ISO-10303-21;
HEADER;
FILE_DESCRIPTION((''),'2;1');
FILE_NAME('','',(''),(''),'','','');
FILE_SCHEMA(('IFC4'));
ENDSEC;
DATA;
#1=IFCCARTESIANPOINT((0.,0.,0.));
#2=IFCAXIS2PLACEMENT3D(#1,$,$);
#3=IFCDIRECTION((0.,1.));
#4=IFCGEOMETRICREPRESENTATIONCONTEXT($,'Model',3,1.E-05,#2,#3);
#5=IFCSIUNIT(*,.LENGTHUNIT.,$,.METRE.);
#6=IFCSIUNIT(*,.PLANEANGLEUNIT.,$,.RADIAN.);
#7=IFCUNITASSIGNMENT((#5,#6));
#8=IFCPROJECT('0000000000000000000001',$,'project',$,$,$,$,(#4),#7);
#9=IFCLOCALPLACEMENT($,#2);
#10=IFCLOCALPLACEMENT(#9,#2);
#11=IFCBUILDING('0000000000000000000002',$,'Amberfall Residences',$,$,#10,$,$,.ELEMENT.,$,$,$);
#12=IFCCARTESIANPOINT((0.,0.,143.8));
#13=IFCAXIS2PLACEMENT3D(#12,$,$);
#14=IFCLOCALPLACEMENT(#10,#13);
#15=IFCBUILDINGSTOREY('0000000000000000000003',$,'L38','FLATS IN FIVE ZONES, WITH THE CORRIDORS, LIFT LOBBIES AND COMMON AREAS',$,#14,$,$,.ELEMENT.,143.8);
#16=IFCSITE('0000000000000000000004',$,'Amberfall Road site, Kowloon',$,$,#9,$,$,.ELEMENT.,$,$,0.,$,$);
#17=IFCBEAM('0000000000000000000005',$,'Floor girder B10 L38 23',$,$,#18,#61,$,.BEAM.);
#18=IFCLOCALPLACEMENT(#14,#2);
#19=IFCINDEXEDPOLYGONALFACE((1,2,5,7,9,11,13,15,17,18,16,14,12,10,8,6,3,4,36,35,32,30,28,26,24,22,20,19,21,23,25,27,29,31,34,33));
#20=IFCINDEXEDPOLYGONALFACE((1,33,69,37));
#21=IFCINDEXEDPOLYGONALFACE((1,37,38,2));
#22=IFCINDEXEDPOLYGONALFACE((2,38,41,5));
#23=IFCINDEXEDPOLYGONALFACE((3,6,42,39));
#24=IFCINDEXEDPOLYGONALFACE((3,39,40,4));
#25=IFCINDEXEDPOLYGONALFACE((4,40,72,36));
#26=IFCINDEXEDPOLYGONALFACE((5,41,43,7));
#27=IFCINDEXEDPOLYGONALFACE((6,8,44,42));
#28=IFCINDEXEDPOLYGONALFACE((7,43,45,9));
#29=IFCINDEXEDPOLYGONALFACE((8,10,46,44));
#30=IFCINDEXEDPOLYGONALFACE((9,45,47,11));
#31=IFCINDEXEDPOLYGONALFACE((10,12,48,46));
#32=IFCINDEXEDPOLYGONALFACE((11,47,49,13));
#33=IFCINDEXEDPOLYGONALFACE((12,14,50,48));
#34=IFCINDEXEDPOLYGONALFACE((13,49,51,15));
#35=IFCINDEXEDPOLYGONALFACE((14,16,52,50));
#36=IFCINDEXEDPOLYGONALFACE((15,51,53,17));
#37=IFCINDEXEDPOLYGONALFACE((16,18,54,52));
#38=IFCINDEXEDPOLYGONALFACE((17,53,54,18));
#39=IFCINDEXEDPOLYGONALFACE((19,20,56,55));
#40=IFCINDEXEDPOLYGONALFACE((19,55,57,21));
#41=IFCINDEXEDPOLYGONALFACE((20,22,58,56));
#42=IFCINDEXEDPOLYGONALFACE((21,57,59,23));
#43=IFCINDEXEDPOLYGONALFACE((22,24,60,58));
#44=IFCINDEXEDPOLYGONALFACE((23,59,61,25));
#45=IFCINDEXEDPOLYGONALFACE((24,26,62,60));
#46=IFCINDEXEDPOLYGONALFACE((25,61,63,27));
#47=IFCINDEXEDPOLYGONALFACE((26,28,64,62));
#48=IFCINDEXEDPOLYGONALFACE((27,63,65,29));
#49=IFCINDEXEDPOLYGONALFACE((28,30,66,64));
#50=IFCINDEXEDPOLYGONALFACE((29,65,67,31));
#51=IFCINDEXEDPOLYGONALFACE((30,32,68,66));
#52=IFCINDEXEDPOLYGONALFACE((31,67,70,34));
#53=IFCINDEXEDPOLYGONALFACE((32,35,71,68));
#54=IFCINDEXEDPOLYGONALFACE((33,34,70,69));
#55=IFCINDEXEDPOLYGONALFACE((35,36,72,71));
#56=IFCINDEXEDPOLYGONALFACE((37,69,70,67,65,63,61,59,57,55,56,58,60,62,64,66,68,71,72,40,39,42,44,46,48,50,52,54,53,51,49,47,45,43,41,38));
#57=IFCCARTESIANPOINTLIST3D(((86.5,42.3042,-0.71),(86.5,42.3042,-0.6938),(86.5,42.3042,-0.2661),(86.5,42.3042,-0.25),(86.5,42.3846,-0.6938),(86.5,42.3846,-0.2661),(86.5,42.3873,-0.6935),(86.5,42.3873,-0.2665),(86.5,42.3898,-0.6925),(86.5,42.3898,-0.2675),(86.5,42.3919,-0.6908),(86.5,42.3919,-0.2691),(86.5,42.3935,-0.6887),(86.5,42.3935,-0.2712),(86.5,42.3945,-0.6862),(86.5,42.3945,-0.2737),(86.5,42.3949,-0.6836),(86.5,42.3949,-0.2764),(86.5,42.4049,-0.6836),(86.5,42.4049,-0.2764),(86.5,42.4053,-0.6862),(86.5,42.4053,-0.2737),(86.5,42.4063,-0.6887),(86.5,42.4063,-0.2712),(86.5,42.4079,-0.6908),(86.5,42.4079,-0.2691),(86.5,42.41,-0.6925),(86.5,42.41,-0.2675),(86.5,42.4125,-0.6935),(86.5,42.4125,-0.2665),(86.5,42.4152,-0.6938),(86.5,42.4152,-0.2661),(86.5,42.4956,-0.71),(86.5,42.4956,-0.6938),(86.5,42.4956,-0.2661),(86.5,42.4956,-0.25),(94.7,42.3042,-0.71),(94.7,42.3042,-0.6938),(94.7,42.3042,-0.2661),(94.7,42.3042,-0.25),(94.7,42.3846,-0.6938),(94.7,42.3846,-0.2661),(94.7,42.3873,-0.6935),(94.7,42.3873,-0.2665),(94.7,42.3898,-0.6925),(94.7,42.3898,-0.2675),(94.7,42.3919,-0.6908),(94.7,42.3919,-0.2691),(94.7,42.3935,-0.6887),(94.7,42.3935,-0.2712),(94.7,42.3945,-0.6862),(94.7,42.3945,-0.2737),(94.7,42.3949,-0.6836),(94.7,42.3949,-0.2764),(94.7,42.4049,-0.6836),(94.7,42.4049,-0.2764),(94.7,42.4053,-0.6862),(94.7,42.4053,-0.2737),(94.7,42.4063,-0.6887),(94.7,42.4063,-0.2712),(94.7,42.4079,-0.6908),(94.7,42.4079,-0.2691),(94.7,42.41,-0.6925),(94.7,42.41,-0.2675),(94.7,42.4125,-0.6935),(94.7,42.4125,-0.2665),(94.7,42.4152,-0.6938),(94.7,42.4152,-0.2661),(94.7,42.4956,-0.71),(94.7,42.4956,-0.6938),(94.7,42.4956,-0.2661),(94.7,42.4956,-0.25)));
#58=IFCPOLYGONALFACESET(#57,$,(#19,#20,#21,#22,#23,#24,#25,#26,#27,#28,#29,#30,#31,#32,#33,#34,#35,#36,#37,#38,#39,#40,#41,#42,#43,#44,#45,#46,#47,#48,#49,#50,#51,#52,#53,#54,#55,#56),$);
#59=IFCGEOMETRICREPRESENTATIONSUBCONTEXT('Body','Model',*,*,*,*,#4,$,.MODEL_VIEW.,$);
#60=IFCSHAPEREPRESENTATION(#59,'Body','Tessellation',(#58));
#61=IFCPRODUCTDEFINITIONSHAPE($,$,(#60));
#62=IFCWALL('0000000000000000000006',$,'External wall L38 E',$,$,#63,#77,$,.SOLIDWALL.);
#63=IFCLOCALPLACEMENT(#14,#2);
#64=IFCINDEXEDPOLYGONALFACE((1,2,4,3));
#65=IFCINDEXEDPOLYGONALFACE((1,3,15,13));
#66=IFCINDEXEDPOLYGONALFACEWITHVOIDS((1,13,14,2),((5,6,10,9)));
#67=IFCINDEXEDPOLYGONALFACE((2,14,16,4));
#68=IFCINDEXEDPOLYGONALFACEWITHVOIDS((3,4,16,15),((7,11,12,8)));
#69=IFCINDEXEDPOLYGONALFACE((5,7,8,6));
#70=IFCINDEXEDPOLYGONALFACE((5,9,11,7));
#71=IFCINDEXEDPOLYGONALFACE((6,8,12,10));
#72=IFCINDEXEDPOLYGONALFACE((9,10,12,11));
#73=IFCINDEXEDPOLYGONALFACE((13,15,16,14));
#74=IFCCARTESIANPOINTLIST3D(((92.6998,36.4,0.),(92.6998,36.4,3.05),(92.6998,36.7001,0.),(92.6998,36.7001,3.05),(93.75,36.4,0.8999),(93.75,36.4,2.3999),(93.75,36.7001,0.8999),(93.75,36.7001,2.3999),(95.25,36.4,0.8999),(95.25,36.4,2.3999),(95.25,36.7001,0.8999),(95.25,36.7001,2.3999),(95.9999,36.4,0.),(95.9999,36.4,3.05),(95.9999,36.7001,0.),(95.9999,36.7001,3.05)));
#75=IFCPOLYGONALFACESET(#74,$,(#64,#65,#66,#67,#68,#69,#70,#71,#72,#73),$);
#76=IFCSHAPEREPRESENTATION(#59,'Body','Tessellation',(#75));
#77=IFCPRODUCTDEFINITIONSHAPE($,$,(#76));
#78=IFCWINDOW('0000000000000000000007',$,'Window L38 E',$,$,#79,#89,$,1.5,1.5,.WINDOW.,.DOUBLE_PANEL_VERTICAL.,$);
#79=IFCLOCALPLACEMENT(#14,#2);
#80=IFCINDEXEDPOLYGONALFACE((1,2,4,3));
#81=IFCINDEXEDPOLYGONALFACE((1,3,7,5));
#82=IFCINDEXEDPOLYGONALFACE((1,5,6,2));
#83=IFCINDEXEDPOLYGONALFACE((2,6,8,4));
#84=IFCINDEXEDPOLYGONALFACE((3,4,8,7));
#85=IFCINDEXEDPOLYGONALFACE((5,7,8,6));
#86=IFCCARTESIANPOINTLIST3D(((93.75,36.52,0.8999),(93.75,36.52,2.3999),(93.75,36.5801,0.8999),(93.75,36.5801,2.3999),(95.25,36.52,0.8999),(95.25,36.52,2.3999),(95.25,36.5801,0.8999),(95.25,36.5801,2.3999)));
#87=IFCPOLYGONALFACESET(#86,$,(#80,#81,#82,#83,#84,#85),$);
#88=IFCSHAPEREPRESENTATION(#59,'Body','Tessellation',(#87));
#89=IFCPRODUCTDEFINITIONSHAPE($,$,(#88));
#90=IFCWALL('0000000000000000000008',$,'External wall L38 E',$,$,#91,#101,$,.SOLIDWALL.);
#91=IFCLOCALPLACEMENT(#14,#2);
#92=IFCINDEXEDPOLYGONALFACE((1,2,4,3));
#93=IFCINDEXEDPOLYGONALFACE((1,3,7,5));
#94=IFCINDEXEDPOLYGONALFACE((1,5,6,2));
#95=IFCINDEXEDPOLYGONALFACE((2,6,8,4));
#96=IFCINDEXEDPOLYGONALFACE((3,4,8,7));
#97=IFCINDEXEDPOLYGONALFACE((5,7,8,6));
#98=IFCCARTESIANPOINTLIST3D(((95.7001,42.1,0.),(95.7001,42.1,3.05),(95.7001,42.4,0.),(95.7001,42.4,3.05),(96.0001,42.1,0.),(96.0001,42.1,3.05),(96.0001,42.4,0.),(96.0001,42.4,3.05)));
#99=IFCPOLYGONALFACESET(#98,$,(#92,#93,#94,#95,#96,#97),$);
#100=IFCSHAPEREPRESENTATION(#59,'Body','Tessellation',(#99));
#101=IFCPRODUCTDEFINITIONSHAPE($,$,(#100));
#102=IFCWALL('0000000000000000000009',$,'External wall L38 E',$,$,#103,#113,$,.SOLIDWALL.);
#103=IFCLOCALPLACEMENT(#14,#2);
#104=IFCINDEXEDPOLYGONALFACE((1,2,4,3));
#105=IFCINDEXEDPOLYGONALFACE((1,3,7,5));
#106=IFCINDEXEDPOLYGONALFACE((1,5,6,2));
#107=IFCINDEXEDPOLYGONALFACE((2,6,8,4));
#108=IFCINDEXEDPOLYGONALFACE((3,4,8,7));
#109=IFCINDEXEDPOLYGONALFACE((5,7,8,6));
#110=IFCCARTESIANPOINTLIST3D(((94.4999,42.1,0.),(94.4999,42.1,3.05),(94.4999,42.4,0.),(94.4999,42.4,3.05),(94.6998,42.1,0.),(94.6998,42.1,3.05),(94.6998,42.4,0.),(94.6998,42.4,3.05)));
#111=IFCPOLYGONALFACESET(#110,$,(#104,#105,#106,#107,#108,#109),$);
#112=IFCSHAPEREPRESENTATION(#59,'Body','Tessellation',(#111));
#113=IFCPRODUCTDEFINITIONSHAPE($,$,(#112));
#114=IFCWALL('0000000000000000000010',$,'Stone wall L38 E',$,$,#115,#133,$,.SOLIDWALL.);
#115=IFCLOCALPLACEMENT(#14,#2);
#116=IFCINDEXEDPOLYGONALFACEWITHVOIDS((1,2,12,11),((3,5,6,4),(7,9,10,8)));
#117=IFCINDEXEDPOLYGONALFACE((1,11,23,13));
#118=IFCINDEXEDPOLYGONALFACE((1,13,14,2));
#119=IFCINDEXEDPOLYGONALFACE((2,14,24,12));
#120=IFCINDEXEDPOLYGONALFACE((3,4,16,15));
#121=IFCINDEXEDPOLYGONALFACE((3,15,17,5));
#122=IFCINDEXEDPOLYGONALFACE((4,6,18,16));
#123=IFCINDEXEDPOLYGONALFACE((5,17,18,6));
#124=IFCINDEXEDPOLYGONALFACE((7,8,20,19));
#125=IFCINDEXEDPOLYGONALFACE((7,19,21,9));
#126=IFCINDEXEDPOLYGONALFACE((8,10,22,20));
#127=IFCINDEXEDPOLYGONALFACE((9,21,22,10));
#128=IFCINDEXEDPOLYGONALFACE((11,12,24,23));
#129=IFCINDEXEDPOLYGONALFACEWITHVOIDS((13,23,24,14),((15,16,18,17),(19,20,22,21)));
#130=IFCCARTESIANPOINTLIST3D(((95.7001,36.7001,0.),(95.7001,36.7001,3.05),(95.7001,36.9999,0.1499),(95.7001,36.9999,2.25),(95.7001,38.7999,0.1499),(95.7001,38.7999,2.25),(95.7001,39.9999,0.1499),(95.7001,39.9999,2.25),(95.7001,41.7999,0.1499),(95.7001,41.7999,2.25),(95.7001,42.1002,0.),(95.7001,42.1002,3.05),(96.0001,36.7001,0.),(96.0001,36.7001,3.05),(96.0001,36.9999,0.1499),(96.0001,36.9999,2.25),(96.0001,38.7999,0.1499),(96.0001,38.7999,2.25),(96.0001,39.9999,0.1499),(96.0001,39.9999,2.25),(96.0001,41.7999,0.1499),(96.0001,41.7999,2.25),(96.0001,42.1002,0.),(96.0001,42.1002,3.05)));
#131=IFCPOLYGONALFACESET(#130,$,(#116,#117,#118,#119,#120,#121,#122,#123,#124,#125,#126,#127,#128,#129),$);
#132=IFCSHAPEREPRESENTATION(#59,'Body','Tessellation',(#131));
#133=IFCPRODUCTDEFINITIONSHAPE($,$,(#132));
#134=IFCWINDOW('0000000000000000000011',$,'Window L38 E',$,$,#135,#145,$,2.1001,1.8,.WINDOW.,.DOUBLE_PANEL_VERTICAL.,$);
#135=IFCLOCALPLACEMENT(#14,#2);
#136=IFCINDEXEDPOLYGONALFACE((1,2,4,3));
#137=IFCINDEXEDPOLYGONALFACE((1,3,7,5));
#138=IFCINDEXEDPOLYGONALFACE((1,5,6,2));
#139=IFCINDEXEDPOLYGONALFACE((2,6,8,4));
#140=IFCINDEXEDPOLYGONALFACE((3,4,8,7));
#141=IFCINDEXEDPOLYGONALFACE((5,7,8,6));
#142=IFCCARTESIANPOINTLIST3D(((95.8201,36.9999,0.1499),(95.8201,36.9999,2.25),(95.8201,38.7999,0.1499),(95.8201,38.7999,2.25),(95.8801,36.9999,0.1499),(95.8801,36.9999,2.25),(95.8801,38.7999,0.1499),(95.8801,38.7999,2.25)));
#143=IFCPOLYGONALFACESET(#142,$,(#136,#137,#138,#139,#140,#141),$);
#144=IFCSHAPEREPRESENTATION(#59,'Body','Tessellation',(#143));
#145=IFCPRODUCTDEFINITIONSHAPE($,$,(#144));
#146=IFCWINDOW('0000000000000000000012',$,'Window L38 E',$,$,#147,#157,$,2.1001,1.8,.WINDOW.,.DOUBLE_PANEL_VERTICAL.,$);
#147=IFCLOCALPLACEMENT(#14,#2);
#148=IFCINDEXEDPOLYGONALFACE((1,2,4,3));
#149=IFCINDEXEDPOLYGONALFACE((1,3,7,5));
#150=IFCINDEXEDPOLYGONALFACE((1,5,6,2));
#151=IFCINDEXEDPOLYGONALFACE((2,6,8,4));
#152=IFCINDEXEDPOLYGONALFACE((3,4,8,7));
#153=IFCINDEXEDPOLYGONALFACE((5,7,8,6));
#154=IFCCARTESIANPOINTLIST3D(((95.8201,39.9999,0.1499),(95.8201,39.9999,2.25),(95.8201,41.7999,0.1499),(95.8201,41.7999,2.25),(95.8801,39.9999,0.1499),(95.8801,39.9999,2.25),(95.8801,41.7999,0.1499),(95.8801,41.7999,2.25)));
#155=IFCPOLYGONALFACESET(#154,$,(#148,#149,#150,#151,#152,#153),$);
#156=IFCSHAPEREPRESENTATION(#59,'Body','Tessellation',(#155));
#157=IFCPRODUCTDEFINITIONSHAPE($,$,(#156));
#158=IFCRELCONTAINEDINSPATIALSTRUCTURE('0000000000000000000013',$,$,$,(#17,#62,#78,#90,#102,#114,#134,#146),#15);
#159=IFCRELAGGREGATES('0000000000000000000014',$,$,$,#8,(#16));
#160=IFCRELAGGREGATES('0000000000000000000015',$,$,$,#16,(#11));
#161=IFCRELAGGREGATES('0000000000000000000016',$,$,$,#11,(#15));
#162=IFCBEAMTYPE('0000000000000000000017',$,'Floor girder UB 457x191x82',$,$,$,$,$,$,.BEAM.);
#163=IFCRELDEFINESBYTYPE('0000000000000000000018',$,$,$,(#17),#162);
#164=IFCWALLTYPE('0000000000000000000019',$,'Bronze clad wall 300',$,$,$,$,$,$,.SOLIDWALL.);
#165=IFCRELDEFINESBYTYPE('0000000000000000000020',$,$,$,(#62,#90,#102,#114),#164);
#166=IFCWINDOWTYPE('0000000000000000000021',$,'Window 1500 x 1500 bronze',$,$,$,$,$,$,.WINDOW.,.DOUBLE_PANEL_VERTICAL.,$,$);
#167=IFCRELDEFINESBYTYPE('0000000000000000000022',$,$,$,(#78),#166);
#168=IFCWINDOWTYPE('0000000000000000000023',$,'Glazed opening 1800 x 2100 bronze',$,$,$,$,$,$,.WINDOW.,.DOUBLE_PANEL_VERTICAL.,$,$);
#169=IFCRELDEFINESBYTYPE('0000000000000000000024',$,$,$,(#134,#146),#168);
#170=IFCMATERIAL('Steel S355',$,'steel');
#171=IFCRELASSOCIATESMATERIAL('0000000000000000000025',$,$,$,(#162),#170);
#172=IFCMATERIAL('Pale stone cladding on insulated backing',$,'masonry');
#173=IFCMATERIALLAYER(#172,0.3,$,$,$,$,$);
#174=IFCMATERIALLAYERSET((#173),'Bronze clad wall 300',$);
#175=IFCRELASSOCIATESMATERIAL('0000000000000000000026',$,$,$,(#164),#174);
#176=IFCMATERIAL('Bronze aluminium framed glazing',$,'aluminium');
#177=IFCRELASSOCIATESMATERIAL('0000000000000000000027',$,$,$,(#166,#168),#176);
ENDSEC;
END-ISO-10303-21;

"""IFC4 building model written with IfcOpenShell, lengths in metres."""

from ifc_helpers import new_model, si_unit, direction, frame, frame_2d, origin, origin_2d, place, context, subcontext, project, spatial, rectangle, i_section, extrude, material, layer, layer_set, material_profile, profile_set, type_object, element, fill, save


model = new_model("IFC4")

# Units and contexts
model_context = context("Model", 3, precision=1e-05, world=origin(), true_north=direction((0.0, 1.0)))
body_context = subcontext(model_context, "Body", "Model", "MODEL_VIEW")
ifc_project = project(units=[si_unit("LENGTHUNIT", "METRE"), si_unit("PLANEANGLEUNIT", "RADIAN")], contexts=[model_context])

# Site, building, storey
site_placement = place(None, origin())
site = spatial("IfcSite", under=ifc_project, at=site_placement, Name="Amberfall Road site, Kowloon", CompositionType="ELEMENT", RefElevation=0.0)
building_placement = place(site_placement, origin())
building = spatial("IfcBuilding", under=site, at=building_placement, Name="Amberfall Residences", CompositionType="ELEMENT")
storey_placement = place(building_placement, frame((0.0, 0.0, 143.8)))
storey = spatial("IfcBuildingStorey", under=building, at=storey_placement, Name="L38", Description="FLATS IN FIVE ZONES, WITH THE CORRIDORS, LIFT LOBBIES AND COMMON AREAS", CompositionType="ELEMENT", Elevation=143.8)

# Beam
ifc_material_1 = material(Name="Steel S355", Category="steel")
ifc_material_profile_1 = material_profile(ifc_material_1, i_section(OverallWidth=0.1914, OverallDepth=0.46, WebThickness=0.01, FlangeThickness=0.0161, FilletRadius=0.0103, at=origin_2d()), Name="UB 457x191x82")
ifc_profile_set_1 = profile_set([ifc_material_profile_1], Name="Steel S355")
beam_type_1 = type_object("IfcBeamType", Name="Floor girder UB 457x191x82", PredefinedType="BEAM", material=ifc_profile_set_1)
beam_1_placement = place(storey_placement, frame((94.7, 42.3999, -0.48), z_axis=(-1.0, 0.0, 0.0), x_axis=(0.0, -1.0, 0.0)))
element("IfcBeam", 1, at=beam_1_placement, inside=storey, type_object=beam_type_1, Name="Floor girder B10 L38 23", PredefinedType="BEAM", context=body_context, shape_type="SweptSolid", body=[
    extrude(i_section(OverallWidth=0.1914, OverallDepth=0.46, WebThickness=0.01, FlangeThickness=0.0161, FilletRadius=0.0103, at=origin_2d()), origin(), (0.0, 0.0, 1.0), 8.2),
])

# Wall, opening, window
ifc_material_2 = material(Name="Pale stone cladding on insulated backing", Category="masonry")
ifc_layer_1 = layer(ifc_material_2, 0.3)
ifc_layer_set_1 = layer_set([ifc_layer_1], Name="Bronze clad wall 300")
wall_type_1 = type_object("IfcWallType", Name="Bronze clad wall 300", PredefinedType="SOLIDWALL", material=ifc_layer_set_1)
wall_1_placement = place(storey_placement, frame((92.7, 36.55, 0.0), z_axis=(0.0, 0.0, 1.0), x_axis=(1.0, 0.0, 0.0)))
wall_1 = element("IfcWall", 2, at=wall_1_placement, inside=storey, type_object=wall_type_1, Name="External wall L38 E", PredefinedType="SOLIDWALL", context=body_context, shape_type="SweptSolid", body=[
    extrude(rectangle(XDim=3.3, YDim=0.3, at=frame_2d((1.6499, 0.0))), origin(), (0.0, 0.0, 1.0), 3.05),
])
opening_1_placement = place(wall_1_placement, frame((1.05, 0.0, 0.8999)))
opening_1 = element("IfcOpeningElement", 3, at=opening_1_placement, cuts=wall_1, PredefinedType="OPENING", context=body_context, shape_type="SweptSolid", body=[
    extrude(rectangle(XDim=1.5, YDim=1.5, at=frame_2d((0.75, 0.75))), frame((0.0, 0.1599, 0.0), z_axis=(0.0, -1.0, 0.0), x_axis=(1.0, 0.0, 0.0)), (0.0, 0.0, 1.0), 0.3201),
])
ifc_material_3 = material(Name="Bronze aluminium framed glazing", Category="aluminium")
window_type_1 = type_object("IfcWindowType", Name="Window 1500 x 1500 bronze", PartitioningType="DOUBLE_PANEL_VERTICAL", PredefinedType="WINDOW", material=ifc_material_3)
window_1_placement = place(opening_1_placement, origin())
window_1 = element("IfcWindow", 4, at=window_1_placement, inside=storey, type_object=window_type_1, Name="Window L38 E", OverallHeight=1.5, OverallWidth=1.5, PartitioningType="DOUBLE_PANEL_VERTICAL", PredefinedType="WINDOW", context=body_context, shape_type="SweptSolid", body=[
    extrude(rectangle(XDim=1.5, YDim=1.5, at=frame_2d((0.75, 0.75))), frame((0.0, 0.03, 0.0), z_axis=(0.0, -1.0, 0.0), x_axis=(1.0, 0.0, 0.0)), (0.0, 0.0, 1.0), 0.0601),
])
fill(opening_1, window_1)

# Walls
wall_2_placement = place(storey_placement, frame((96.0, 42.25, 0.0), z_axis=(0.0, 0.0, 1.0), x_axis=(-1.0, 0.0, 0.0)))
element("IfcWall", 5, at=wall_2_placement, inside=storey, type_object=wall_type_1, Name="External wall L38 E", PredefinedType="SOLIDWALL", context=body_context, shape_type="SweptSolid", body=[
    extrude(rectangle(XDim=0.3, YDim=0.3, at=frame_2d((0.1499, 0.0))), origin(), (0.0, 0.0, 1.0), 3.05),
])
wall_3_placement = place(storey_placement, frame((94.7, 42.25, 0.0), z_axis=(0.0, 0.0, 1.0), x_axis=(-1.0, 0.0, 0.0)))
element("IfcWall", 6, at=wall_3_placement, inside=storey, type_object=wall_type_1, Name="External wall L38 E", PredefinedType="SOLIDWALL", context=body_context, shape_type="SweptSolid", body=[
    extrude(rectangle(XDim=0.2, YDim=0.3, at=frame_2d((0.1001, 0.0))), origin(), (0.0, 0.0, 1.0), 3.05),
])

# Wall, openings, windows
wall_4_placement = place(storey_placement, frame((95.8501, 36.7, 0.0), z_axis=(0.0, 0.0, 1.0), x_axis=(0.0, 1.0, 0.0)))
wall_4 = element("IfcWall", 7, at=wall_4_placement, inside=storey, type_object=wall_type_1, Name="Stone wall L38 E", PredefinedType="SOLIDWALL", context=body_context, shape_type="SweptSolid", body=[
    extrude(rectangle(XDim=5.4001, YDim=0.3, at=frame_2d((2.7002, 0.0))), origin(), (0.0, 0.0, 1.0), 3.05),
])
opening_2_placement = place(wall_4_placement, frame((0.3, 0.0, 0.1499)))
opening_2 = element("IfcOpeningElement", 8, at=opening_2_placement, cuts=wall_4, PredefinedType="OPENING", context=body_context, shape_type="SweptSolid", body=[
    extrude(rectangle(XDim=1.8, YDim=2.1001, at=frame_2d((0.8999, 1.05))), frame((0.0, 0.1599, 0.0), z_axis=(0.0, -1.0, 0.0), x_axis=(1.0, 0.0, 0.0)), (0.0, 0.0, 1.0), 0.3201),
])
opening_3_placement = place(wall_4_placement, frame((3.3, 0.0, 0.1499)))
opening_3 = element("IfcOpeningElement", 9, at=opening_3_placement, cuts=wall_4, PredefinedType="OPENING", context=body_context, shape_type="SweptSolid", body=[
    extrude(rectangle(XDim=1.8, YDim=2.1001, at=frame_2d((0.8999, 1.05))), frame((0.0, 0.1599, 0.0), z_axis=(0.0, -1.0, 0.0), x_axis=(1.0, 0.0, 0.0)), (0.0, 0.0, 1.0), 0.3201),
])
window_type_2 = type_object("IfcWindowType", Name="Glazed opening 1800 x 2100 bronze", PartitioningType="DOUBLE_PANEL_VERTICAL", PredefinedType="WINDOW", material=ifc_material_3)
window_2_placement = place(opening_2_placement, origin())
window_2 = element("IfcWindow", 10, at=window_2_placement, inside=storey, type_object=window_type_2, Name="Window L38 E", OverallHeight=2.1001, OverallWidth=1.8, PartitioningType="DOUBLE_PANEL_VERTICAL", PredefinedType="WINDOW", context=body_context, shape_type="SweptSolid", body=[
    extrude(rectangle(XDim=1.8, YDim=2.1001, at=frame_2d((0.8999, 1.05))), frame((0.0, 0.03, 0.0), z_axis=(0.0, -1.0, 0.0), x_axis=(1.0, 0.0, 0.0)), (0.0, 0.0, 1.0), 0.0601),
])
fill(opening_2, window_2)
window_3_placement = place(opening_3_placement, origin())
window_3 = element("IfcWindow", 11, at=window_3_placement, inside=storey, type_object=window_type_2, Name="Window L38 E", OverallHeight=2.1001, OverallWidth=1.8, PartitioningType="DOUBLE_PANEL_VERTICAL", PredefinedType="WINDOW", context=body_context, shape_type="SweptSolid", body=[
    extrude(rectangle(XDim=1.8, YDim=2.1001, at=frame_2d((0.8999, 1.05))), frame((0.0, 0.03, 0.0), z_axis=(0.0, -1.0, 0.0), x_axis=(1.0, 0.0, 0.0)), (0.0, 0.0, 1.0), 0.0601),
])
fill(opening_3, window_3)

save(model, "model.ifc")
